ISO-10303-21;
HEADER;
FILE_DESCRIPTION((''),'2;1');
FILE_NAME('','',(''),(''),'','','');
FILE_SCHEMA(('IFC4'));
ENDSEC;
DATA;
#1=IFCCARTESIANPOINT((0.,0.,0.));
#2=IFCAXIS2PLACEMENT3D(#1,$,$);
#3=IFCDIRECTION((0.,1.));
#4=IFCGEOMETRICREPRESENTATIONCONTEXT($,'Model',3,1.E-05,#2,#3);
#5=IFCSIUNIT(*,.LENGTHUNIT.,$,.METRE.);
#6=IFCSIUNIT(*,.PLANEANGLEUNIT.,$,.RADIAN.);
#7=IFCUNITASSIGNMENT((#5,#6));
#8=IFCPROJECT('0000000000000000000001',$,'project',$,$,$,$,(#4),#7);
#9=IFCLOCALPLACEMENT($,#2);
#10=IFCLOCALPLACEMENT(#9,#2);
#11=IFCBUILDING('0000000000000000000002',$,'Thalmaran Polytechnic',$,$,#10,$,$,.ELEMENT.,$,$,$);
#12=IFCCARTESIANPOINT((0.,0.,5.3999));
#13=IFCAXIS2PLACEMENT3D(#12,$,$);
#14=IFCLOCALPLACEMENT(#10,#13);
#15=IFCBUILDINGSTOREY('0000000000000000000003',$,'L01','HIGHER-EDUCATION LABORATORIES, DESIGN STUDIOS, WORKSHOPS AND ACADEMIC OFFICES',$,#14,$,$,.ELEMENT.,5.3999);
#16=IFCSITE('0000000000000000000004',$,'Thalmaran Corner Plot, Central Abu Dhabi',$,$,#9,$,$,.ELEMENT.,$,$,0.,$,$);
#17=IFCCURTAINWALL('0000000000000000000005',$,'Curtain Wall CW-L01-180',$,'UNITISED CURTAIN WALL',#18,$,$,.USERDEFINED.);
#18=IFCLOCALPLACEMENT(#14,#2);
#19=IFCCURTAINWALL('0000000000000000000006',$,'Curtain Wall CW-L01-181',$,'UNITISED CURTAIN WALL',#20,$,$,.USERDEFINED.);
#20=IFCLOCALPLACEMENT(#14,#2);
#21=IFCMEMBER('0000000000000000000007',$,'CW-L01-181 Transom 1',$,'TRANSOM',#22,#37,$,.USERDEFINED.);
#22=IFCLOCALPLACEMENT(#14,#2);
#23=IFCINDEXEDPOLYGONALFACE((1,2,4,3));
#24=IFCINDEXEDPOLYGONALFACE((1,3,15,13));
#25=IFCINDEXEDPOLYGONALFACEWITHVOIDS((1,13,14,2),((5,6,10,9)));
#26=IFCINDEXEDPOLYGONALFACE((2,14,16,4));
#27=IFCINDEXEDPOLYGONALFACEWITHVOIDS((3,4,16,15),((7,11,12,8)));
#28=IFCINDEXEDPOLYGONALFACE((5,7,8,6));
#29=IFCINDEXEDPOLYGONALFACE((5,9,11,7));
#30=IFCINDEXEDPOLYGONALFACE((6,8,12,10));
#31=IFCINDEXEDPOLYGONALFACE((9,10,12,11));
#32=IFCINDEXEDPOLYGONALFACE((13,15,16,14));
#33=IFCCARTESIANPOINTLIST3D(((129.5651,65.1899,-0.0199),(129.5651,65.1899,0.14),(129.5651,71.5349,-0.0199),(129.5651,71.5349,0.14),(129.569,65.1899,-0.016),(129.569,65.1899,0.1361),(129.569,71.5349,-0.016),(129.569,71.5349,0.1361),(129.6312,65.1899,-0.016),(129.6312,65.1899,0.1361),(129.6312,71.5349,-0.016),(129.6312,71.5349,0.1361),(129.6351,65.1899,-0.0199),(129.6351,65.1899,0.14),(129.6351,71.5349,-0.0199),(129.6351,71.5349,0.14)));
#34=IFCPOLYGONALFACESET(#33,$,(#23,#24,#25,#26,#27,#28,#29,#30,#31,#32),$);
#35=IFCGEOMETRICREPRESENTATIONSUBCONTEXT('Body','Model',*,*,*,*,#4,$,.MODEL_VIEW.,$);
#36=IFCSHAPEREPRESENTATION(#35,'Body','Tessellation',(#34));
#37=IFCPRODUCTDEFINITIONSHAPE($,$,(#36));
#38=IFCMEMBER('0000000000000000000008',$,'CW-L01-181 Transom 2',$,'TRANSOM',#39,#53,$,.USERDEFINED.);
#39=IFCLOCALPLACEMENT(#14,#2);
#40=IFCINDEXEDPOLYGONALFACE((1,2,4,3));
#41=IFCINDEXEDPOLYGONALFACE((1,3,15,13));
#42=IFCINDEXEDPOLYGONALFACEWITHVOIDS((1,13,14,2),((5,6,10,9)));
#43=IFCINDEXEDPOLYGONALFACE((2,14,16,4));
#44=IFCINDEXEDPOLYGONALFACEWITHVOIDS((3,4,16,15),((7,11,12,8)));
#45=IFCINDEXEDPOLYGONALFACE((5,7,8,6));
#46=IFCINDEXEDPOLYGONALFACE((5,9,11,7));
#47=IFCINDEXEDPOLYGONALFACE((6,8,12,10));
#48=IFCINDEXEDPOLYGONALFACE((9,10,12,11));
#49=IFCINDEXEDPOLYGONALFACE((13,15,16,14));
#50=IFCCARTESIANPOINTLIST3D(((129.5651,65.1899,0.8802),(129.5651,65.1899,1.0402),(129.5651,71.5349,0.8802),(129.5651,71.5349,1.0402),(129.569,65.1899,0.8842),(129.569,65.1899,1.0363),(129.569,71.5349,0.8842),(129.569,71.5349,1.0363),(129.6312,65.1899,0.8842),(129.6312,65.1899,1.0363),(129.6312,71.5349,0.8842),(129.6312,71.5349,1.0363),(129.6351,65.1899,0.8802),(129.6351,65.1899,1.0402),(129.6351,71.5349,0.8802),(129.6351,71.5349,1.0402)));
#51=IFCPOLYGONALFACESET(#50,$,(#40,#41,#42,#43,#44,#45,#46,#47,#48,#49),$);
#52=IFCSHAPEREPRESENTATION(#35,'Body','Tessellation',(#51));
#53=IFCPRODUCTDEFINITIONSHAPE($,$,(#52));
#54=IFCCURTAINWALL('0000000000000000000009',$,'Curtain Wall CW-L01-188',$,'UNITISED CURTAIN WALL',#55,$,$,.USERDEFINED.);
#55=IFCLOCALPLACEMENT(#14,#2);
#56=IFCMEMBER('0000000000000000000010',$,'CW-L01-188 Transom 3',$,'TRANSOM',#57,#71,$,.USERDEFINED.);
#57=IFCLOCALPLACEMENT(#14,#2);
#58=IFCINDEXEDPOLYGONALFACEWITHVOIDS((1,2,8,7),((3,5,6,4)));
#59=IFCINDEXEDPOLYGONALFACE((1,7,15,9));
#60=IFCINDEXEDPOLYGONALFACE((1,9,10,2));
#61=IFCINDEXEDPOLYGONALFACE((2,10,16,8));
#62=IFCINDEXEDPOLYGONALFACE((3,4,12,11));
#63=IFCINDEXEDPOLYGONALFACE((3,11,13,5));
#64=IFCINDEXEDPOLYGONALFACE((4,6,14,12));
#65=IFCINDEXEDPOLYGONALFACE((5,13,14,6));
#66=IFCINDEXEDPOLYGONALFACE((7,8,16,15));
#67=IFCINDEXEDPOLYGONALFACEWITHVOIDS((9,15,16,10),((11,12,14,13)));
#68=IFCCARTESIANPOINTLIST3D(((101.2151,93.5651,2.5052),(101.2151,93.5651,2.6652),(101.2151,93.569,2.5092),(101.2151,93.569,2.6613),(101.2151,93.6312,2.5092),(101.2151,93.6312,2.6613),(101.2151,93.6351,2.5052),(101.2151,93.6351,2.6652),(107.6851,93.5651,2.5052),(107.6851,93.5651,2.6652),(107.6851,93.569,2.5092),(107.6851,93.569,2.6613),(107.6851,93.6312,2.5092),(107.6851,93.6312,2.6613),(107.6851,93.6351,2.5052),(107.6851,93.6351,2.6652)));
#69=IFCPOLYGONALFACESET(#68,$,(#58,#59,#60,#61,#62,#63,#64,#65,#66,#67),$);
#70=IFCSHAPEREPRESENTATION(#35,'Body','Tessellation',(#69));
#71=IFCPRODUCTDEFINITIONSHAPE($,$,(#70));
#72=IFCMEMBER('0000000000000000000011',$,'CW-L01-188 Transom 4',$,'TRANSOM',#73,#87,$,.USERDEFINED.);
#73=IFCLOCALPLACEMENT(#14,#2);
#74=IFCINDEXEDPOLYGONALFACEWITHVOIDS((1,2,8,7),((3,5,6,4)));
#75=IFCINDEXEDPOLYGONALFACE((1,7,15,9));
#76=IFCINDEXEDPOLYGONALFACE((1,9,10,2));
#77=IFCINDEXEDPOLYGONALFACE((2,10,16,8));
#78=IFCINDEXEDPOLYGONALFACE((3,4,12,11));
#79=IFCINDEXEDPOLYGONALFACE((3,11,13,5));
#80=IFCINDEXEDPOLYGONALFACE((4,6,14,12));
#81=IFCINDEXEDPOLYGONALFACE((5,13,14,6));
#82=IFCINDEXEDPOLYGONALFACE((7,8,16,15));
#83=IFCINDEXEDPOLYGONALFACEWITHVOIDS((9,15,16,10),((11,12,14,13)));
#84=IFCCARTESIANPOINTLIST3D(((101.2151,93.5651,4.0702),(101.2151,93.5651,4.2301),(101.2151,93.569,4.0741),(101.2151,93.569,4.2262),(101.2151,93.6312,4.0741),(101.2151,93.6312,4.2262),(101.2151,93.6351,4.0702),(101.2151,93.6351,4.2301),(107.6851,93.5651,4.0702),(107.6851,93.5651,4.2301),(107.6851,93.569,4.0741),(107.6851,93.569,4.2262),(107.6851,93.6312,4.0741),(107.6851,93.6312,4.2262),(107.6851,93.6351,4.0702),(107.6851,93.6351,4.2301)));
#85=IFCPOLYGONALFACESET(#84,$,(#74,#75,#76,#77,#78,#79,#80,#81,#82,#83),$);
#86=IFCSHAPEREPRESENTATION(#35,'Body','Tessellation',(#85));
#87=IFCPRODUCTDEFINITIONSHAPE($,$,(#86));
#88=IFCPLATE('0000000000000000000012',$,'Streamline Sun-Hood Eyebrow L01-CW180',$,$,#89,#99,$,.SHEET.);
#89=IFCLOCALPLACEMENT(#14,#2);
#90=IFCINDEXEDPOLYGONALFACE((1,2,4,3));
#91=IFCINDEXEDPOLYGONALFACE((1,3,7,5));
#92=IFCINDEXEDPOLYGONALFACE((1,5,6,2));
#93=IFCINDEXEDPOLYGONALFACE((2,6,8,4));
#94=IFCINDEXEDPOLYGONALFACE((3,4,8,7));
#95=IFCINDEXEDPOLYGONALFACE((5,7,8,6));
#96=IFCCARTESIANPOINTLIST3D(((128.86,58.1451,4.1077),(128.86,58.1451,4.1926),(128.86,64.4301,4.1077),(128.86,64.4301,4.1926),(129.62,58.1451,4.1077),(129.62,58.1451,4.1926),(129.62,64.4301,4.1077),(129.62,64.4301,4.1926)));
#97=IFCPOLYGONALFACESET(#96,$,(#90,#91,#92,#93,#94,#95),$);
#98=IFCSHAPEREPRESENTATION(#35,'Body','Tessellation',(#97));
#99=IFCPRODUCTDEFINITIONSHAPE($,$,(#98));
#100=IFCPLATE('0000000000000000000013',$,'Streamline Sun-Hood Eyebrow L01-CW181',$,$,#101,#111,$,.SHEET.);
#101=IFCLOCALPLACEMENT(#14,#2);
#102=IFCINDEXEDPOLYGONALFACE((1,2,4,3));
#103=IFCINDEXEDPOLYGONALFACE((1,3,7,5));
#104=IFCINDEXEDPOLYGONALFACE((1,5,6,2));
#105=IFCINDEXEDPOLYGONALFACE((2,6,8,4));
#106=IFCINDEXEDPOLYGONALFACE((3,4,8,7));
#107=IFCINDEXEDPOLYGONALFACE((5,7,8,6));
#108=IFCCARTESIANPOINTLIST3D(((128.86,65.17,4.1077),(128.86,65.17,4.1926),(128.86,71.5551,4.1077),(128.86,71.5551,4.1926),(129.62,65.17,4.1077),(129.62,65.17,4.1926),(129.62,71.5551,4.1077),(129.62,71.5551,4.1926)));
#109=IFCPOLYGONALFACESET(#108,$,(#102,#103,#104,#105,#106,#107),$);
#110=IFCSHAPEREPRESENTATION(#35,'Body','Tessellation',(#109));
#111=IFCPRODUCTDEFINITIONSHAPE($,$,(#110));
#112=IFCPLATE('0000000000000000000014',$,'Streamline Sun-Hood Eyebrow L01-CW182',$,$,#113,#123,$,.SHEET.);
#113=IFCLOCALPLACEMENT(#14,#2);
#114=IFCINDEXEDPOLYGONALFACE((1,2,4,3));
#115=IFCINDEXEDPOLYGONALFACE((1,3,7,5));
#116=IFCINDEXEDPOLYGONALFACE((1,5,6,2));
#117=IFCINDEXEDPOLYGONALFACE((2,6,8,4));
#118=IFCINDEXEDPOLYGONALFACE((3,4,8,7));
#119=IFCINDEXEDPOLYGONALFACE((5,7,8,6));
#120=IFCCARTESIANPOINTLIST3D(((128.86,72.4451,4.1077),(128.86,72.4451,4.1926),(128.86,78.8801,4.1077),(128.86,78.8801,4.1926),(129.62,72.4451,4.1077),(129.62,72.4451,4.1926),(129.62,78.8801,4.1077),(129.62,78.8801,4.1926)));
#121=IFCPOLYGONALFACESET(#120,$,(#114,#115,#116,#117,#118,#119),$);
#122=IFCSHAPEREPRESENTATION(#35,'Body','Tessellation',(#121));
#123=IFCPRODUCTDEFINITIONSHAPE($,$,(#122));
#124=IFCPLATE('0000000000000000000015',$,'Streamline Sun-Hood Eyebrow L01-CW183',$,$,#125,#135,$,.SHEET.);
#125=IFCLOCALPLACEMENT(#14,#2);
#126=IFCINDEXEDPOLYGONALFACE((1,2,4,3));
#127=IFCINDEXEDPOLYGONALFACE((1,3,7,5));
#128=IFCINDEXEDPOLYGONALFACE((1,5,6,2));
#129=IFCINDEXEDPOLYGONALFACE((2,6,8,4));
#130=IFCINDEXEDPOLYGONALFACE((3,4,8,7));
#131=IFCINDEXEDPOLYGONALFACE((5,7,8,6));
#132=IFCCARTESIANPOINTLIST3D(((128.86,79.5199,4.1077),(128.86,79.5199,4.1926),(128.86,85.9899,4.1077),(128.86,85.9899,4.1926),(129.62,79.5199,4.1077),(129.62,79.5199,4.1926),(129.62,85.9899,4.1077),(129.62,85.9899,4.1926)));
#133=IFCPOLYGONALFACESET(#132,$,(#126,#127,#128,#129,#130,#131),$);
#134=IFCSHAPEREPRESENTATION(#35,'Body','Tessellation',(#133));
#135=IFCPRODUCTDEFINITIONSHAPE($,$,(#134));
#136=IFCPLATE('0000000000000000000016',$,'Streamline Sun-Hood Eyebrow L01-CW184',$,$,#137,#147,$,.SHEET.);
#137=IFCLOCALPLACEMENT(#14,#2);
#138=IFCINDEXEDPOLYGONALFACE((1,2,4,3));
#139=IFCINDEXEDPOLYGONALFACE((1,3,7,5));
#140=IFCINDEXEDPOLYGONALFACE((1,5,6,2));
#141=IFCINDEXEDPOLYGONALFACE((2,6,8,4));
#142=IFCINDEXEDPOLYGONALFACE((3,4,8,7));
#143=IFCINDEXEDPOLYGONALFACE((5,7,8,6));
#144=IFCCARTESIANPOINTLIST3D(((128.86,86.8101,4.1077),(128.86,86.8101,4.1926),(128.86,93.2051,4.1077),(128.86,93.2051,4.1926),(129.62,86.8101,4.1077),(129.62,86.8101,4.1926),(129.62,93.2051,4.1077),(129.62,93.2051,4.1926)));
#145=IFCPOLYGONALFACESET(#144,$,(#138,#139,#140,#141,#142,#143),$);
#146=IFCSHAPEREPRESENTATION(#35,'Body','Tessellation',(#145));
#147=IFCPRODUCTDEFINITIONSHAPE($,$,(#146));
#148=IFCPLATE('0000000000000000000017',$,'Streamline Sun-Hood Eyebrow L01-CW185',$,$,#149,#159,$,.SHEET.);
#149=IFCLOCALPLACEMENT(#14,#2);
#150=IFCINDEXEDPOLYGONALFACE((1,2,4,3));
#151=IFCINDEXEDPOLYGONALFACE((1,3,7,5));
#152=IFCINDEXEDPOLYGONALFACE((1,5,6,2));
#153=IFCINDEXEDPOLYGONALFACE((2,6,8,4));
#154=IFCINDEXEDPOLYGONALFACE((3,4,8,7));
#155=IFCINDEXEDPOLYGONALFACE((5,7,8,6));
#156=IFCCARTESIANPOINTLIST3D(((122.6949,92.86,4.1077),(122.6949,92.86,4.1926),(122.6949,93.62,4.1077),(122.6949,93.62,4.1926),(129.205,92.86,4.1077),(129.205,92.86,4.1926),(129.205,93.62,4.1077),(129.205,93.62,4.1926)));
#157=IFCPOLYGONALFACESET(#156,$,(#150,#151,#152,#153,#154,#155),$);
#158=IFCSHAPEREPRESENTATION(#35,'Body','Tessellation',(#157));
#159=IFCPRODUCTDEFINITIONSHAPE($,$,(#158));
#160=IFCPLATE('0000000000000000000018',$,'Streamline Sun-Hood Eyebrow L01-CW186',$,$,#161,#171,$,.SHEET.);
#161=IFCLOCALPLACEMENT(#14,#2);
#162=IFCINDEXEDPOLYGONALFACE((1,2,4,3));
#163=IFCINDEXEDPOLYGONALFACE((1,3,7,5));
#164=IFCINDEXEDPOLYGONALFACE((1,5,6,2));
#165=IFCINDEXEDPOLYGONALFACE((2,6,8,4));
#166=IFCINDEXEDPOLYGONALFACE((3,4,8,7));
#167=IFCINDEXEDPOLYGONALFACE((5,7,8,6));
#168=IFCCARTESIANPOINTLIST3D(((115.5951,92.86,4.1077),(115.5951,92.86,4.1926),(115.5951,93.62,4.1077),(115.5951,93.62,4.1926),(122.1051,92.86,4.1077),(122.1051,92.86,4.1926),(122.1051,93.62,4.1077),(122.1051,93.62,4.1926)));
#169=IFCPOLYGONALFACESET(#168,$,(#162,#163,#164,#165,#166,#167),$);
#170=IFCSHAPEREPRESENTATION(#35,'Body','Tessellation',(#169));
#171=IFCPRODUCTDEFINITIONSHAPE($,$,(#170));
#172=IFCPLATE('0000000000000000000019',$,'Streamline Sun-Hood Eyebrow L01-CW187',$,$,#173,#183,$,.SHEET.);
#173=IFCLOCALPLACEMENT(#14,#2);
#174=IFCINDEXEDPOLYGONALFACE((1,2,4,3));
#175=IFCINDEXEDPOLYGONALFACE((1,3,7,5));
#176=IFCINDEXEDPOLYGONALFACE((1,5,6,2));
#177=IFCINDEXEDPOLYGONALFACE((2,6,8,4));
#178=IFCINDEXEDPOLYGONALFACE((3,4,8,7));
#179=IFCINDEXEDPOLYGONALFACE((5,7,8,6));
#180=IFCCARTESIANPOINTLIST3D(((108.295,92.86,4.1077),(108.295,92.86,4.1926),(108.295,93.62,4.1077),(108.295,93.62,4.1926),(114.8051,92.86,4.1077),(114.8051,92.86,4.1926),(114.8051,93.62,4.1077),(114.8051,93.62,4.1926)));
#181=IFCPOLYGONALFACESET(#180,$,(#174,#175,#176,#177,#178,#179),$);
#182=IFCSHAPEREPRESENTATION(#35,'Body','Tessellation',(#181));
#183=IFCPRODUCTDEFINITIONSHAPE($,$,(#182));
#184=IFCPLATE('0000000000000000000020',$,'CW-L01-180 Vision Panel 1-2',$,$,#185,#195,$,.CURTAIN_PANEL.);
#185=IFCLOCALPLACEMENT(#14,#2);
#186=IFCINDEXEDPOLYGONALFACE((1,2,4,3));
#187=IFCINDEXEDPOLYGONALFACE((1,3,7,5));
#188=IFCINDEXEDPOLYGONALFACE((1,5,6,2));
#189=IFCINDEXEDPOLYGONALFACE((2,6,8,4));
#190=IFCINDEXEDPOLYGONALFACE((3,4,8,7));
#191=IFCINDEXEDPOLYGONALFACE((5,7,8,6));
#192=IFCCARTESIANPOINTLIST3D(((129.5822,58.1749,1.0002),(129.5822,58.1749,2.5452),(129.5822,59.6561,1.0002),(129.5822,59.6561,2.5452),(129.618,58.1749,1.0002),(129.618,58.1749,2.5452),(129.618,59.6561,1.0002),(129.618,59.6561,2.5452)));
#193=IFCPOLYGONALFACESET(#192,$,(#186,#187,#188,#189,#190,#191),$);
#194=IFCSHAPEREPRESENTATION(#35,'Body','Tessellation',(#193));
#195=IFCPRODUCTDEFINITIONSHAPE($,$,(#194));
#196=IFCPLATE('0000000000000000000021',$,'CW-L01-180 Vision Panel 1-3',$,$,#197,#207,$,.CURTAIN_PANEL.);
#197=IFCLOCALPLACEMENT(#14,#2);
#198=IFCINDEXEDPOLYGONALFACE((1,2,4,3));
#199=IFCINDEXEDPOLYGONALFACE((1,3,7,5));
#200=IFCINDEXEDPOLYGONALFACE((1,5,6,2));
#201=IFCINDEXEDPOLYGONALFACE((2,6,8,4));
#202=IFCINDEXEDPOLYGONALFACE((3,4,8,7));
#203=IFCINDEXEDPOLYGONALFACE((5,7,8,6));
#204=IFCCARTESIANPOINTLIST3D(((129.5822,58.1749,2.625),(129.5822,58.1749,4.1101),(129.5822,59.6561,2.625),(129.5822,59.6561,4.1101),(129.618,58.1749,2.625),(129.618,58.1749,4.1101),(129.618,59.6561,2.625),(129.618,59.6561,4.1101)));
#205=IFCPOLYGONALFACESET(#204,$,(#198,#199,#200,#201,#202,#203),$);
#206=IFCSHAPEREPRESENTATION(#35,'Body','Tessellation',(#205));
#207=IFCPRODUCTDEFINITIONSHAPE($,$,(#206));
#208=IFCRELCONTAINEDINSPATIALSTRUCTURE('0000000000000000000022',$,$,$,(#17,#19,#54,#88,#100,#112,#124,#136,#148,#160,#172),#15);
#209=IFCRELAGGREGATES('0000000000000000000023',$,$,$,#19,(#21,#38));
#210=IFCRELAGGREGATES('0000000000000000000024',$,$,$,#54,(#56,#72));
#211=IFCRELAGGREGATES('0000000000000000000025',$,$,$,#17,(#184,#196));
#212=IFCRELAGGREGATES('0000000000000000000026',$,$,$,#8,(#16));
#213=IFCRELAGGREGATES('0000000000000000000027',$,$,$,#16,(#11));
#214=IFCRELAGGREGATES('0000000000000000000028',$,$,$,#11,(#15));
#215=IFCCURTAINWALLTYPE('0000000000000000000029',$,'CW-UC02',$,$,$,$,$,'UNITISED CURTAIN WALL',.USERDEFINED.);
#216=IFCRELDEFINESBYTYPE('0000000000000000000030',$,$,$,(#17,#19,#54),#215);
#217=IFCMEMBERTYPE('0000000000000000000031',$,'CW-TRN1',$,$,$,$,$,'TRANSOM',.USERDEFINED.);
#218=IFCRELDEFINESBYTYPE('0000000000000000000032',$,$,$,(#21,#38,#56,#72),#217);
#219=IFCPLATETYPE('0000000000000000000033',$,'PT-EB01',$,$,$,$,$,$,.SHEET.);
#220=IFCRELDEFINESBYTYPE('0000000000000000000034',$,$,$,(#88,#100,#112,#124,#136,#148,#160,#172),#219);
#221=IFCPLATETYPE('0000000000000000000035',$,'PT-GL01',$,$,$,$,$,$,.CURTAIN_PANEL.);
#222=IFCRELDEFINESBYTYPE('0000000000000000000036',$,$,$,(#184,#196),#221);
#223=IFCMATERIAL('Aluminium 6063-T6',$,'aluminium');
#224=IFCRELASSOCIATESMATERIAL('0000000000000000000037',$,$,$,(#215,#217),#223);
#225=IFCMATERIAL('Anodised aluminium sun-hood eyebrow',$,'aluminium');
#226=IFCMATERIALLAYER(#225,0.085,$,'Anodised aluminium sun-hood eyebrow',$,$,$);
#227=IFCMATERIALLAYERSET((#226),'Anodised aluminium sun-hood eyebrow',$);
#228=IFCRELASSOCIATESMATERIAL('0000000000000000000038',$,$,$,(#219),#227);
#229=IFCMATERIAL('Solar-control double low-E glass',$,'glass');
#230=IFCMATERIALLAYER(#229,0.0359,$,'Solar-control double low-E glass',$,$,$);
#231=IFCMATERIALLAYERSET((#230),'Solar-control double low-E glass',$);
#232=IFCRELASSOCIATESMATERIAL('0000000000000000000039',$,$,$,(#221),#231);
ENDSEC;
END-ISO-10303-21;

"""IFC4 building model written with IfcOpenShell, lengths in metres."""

from ifc_helpers import new_model, si_unit, direction, frame, origin, origin_2d, place, context, subcontext, project, spatial, rectangle, hollow_rectangle, extrude, material, layer, layer_set, material_profile, profile_set, type_object, element, aggregate, save


model = new_model("IFC4")

# Units and contexts
model_context = context("Model", 3, precision=1e-05, world=origin(), true_north=direction((0.0, 1.0)))
body_context = subcontext(model_context, "Body", "Model", "MODEL_VIEW")
ifc_project = project(units=[si_unit("LENGTHUNIT", "METRE"), si_unit("PLANEANGLEUNIT", "RADIAN")], contexts=[model_context])

# Site, building, storey
site_placement = place(None, origin())
site = spatial("IfcSite", under=ifc_project, at=site_placement, Name="Thalmaran Corner Plot, Central Abu Dhabi", CompositionType="ELEMENT", RefElevation=0.0)
building_placement = place(site_placement, origin())
building = spatial("IfcBuilding", under=site, at=building_placement, Name="Thalmaran Polytechnic", CompositionType="ELEMENT")
storey_placement = place(building_placement, frame((0.0, 0.0, 5.3999)))
storey = spatial("IfcBuildingStorey", under=building, at=storey_placement, Name="L01", Description="HIGHER-EDUCATION LABORATORIES, DESIGN STUDIOS, WORKSHOPS AND ACADEMIC OFFICES", CompositionType="ELEMENT", Elevation=5.3999)

# Curtain wall
ifc_material_1 = material(Name="Aluminium 6063-T6", Category="aluminium")
curtain_wall_type = type_object("IfcCurtainWallType", Name="CW-UC02", ElementType="UNITISED CURTAIN WALL", PredefinedType="USERDEFINED", material=ifc_material_1)
curtain_wall_1_placement = place(storey_placement, origin())
curtain_wall_1 = element("IfcCurtainWall", 1, at=curtain_wall_1_placement, inside=storey, type_object=curtain_wall_type, Name="Curtain Wall CW-L01-180", ObjectType="UNITISED CURTAIN WALL", PredefinedType="USERDEFINED")

# Curtain wall
curtain_wall_2_placement = place(storey_placement, origin())
curtain_wall_2 = element("IfcCurtainWall", 2, at=curtain_wall_2_placement, inside=storey, type_object=curtain_wall_type, Name="Curtain Wall CW-L01-181", ObjectType="UNITISED CURTAIN WALL", PredefinedType="USERDEFINED")

# Members
ifc_material_profile_1 = material_profile(ifc_material_1, hollow_rectangle(XDim=0.0701, YDim=0.1599, WallThickness=0.0039, at=origin_2d()), Name="AL 160x70x4.0")
ifc_profile_set_1 = profile_set([ifc_material_profile_1], Name="Aluminium 6063-T6")
member_type_1 = type_object("IfcMemberType", Name="CW-TRN1", ElementType="TRANSOM", PredefinedType="USERDEFINED", material=ifc_profile_set_1)
member_1_placement = place(storey_placement, frame((129.6001, 65.1899, 0.0601), z_axis=(0.0, 1.0, 0.0), x_axis=(-1.0, 0.0, 0.0)))
member_1 = element("IfcMember", 3, at=member_1_placement, type_object=member_type_1, Name="CW-L01-181 Transom 1", ObjectType="TRANSOM", PredefinedType="USERDEFINED", context=body_context, shape_type="SweptSolid", body=[
    extrude(hollow_rectangle(XDim=0.0701, YDim=0.1599, WallThickness=0.0039, at=origin_2d()), origin(), (0.0, 0.0, 1.0), 6.345),
])
member_2_placement = place(storey_placement, frame((129.6001, 65.1899, 0.9602), z_axis=(0.0, 1.0, 0.0), x_axis=(-1.0, 0.0, 0.0)))
member_2 = element("IfcMember", 4, at=member_2_placement, type_object=member_type_1, Name="CW-L01-181 Transom 2", ObjectType="TRANSOM", PredefinedType="USERDEFINED", context=body_context, shape_type="SweptSolid", body=[
    extrude(hollow_rectangle(XDim=0.0701, YDim=0.1599, WallThickness=0.0039, at=origin_2d()), origin(), (0.0, 0.0, 1.0), 6.345),
])
aggregate(curtain_wall_2, [member_1, member_2])

# Curtain wall, members
curtain_wall_3_placement = place(storey_placement, origin())
curtain_wall_3 = element("IfcCurtainWall", 5, at=curtain_wall_3_placement, inside=storey, type_object=curtain_wall_type, Name="Curtain Wall CW-L01-188", ObjectType="UNITISED CURTAIN WALL", PredefinedType="USERDEFINED")
member_3_placement = place(storey_placement, frame((107.6851, 93.6001, 2.5852), z_axis=(-1.0, 0.0, 0.0), x_axis=(0.0, -1.0, 0.0)))
member_3 = element("IfcMember", 6, at=member_3_placement, type_object=member_type_1, Name="CW-L01-188 Transom 3", ObjectType="TRANSOM", PredefinedType="USERDEFINED", context=body_context, shape_type="SweptSolid", body=[
    extrude(hollow_rectangle(XDim=0.0701, YDim=0.1599, WallThickness=0.0039, at=origin_2d()), origin(), (0.0, 0.0, 1.0), 6.47),
])
member_4_placement = place(storey_placement, frame((107.6851, 93.6001, 4.1501), z_axis=(-1.0, 0.0, 0.0), x_axis=(0.0, -1.0, 0.0)))
member_4 = element("IfcMember", 7, at=member_4_placement, type_object=member_type_1, Name="CW-L01-188 Transom 4", ObjectType="TRANSOM", PredefinedType="USERDEFINED", context=body_context, shape_type="SweptSolid", body=[
    extrude(hollow_rectangle(XDim=0.0701, YDim=0.1599, WallThickness=0.0039, at=origin_2d()), origin(), (0.0, 0.0, 1.0), 6.47),
])
aggregate(curtain_wall_3, [member_3, member_4])

# Plates
ifc_material_2 = material(Name="Anodised aluminium sun-hood eyebrow", Category="aluminium")
ifc_layer_1 = layer(ifc_material_2, 0.085, Name="Anodised aluminium sun-hood eyebrow")
ifc_layer_set_1 = layer_set([ifc_layer_1], Name="Anodised aluminium sun-hood eyebrow")
plate_type_1 = type_object("IfcPlateType", Name="PT-EB01", PredefinedType="SHEET", material=ifc_layer_set_1)
plate_1_placement = place(storey_placement, frame((129.24, 61.2876, 4.1077), z_axis=(0.0, 0.0, 1.0), x_axis=(0.0, 1.0, 0.0)))
element("IfcPlate", 8, at=plate_1_placement, inside=storey, type_object=plate_type_1, Name="Streamline Sun-Hood Eyebrow L01-CW180", PredefinedType="SHEET", context=body_context, shape_type="SweptSolid", body=[
    extrude(rectangle(XDim=6.2849, YDim=0.76, at=origin_2d()), origin(), (0.0, 0.0, 1.0), 0.085),
])
plate_2_placement = place(storey_placement, frame((129.24, 68.3625, 4.1077), z_axis=(0.0, 0.0, 1.0), x_axis=(0.0, 1.0, 0.0)))
element("IfcPlate", 9, at=plate_2_placement, inside=storey, type_object=plate_type_1, Name="Streamline Sun-Hood Eyebrow L01-CW181", PredefinedType="SHEET", context=body_context, shape_type="SweptSolid", body=[
    extrude(rectangle(XDim=6.385, YDim=0.76, at=origin_2d()), origin(), (0.0, 0.0, 1.0), 0.085),
])
plate_3_placement = place(storey_placement, frame((129.24, 75.6626, 4.1077), z_axis=(0.0, 0.0, 1.0), x_axis=(0.0, 1.0, 0.0)))
element("IfcPlate", 10, at=plate_3_placement, inside=storey, type_object=plate_type_1, Name="Streamline Sun-Hood Eyebrow L01-CW182", PredefinedType="SHEET", context=body_context, shape_type="SweptSolid", body=[
    extrude(rectangle(XDim=6.4351, YDim=0.76, at=origin_2d()), origin(), (0.0, 0.0, 1.0), 0.085),
])
plate_4_placement = place(storey_placement, frame((129.24, 82.7549, 4.1077), z_axis=(0.0, 0.0, 1.0), x_axis=(0.0, 1.0, 0.0)))
element("IfcPlate", 11, at=plate_4_placement, inside=storey, type_object=plate_type_1, Name="Streamline Sun-Hood Eyebrow L01-CW183", PredefinedType="SHEET", context=body_context, shape_type="SweptSolid", body=[
    extrude(rectangle(XDim=6.47, YDim=0.76, at=origin_2d()), origin(), (0.0, 0.0, 1.0), 0.085),
])
plate_5_placement = place(storey_placement, frame((129.24, 90.0076, 4.1077), z_axis=(0.0, 0.0, 1.0), x_axis=(0.0, 1.0, 0.0)))
element("IfcPlate", 12, at=plate_5_placement, inside=storey, type_object=plate_type_1, Name="Streamline Sun-Hood Eyebrow L01-CW184", PredefinedType="SHEET", context=body_context, shape_type="SweptSolid", body=[
    extrude(rectangle(XDim=6.395, YDim=0.76, at=origin_2d()), origin(), (0.0, 0.0, 1.0), 0.085),
])
for number, where, z_axis, x_axis, name in (
    (13, (125.95, 93.24, 4.1077), (0.0, 0.0, 1.0), (-1.0, 0.0, 0.0), "Streamline Sun-Hood Eyebrow L01-CW185"),
    (14, (118.8501, 93.24, 4.1077), (0.0, 0.0, 1.0), (-1.0, 0.0, 0.0), "Streamline Sun-Hood Eyebrow L01-CW186"),
    (15, (111.55, 93.24, 4.1077), (0.0, 0.0, 1.0), (-1.0, 0.0, 0.0), "Streamline Sun-Hood Eyebrow L01-CW187"),
):
    element("IfcPlate", number, at=place(storey_placement, frame(where, z_axis=z_axis, x_axis=x_axis)), inside=storey, type_object=plate_type_1, Name=name, PredefinedType="SHEET", context=body_context, shape_type="SweptSolid", body=[
        extrude(rectangle(XDim=6.51, YDim=0.76, at=origin_2d()), origin(), (0.0, 0.0, 1.0), 0.085),
    ])

# Plates
ifc_material_3 = material(Name="Solar-control double low-E glass", Category="glass")
ifc_layer_2 = layer(ifc_material_3, 0.0359, Name="Solar-control double low-E glass")
ifc_layer_set_2 = layer_set([ifc_layer_2], Name="Solar-control double low-E glass")
plate_type_2 = type_object("IfcPlateType", Name="PT-GL01", PredefinedType="CURTAIN_PANEL", material=ifc_layer_set_2)
plate_6_placement = place(storey_placement, frame((129.6001, 58.9155, 1.0002), z_axis=(0.0, 0.0, 1.0), x_axis=(0.0, 1.0, 0.0)))
plate_6 = element("IfcPlate", 16, at=plate_6_placement, type_object=plate_type_2, Name="CW-L01-180 Vision Panel 1-2", PredefinedType="CURTAIN_PANEL", context=body_context, shape_type="SweptSolid", body=[
    extrude(rectangle(XDim=1.4812, YDim=0.0359, at=origin_2d()), origin(), (0.0, 0.0, 1.0), 1.5449),
])
plate_7_placement = place(storey_placement, frame((129.6001, 58.9155, 2.625), z_axis=(0.0, 0.0, 1.0), x_axis=(0.0, 1.0, 0.0)))
plate_7 = element("IfcPlate", 17, at=plate_7_placement, type_object=plate_type_2, Name="CW-L01-180 Vision Panel 1-3", PredefinedType="CURTAIN_PANEL", context=body_context, shape_type="SweptSolid", body=[
    extrude(rectangle(XDim=1.4812, YDim=0.0359, at=origin_2d()), origin(), (0.0, 0.0, 1.0), 1.4851),
])
aggregate(curtain_wall_1, [plate_6, plate_7])

save(model, "model.ifc")
